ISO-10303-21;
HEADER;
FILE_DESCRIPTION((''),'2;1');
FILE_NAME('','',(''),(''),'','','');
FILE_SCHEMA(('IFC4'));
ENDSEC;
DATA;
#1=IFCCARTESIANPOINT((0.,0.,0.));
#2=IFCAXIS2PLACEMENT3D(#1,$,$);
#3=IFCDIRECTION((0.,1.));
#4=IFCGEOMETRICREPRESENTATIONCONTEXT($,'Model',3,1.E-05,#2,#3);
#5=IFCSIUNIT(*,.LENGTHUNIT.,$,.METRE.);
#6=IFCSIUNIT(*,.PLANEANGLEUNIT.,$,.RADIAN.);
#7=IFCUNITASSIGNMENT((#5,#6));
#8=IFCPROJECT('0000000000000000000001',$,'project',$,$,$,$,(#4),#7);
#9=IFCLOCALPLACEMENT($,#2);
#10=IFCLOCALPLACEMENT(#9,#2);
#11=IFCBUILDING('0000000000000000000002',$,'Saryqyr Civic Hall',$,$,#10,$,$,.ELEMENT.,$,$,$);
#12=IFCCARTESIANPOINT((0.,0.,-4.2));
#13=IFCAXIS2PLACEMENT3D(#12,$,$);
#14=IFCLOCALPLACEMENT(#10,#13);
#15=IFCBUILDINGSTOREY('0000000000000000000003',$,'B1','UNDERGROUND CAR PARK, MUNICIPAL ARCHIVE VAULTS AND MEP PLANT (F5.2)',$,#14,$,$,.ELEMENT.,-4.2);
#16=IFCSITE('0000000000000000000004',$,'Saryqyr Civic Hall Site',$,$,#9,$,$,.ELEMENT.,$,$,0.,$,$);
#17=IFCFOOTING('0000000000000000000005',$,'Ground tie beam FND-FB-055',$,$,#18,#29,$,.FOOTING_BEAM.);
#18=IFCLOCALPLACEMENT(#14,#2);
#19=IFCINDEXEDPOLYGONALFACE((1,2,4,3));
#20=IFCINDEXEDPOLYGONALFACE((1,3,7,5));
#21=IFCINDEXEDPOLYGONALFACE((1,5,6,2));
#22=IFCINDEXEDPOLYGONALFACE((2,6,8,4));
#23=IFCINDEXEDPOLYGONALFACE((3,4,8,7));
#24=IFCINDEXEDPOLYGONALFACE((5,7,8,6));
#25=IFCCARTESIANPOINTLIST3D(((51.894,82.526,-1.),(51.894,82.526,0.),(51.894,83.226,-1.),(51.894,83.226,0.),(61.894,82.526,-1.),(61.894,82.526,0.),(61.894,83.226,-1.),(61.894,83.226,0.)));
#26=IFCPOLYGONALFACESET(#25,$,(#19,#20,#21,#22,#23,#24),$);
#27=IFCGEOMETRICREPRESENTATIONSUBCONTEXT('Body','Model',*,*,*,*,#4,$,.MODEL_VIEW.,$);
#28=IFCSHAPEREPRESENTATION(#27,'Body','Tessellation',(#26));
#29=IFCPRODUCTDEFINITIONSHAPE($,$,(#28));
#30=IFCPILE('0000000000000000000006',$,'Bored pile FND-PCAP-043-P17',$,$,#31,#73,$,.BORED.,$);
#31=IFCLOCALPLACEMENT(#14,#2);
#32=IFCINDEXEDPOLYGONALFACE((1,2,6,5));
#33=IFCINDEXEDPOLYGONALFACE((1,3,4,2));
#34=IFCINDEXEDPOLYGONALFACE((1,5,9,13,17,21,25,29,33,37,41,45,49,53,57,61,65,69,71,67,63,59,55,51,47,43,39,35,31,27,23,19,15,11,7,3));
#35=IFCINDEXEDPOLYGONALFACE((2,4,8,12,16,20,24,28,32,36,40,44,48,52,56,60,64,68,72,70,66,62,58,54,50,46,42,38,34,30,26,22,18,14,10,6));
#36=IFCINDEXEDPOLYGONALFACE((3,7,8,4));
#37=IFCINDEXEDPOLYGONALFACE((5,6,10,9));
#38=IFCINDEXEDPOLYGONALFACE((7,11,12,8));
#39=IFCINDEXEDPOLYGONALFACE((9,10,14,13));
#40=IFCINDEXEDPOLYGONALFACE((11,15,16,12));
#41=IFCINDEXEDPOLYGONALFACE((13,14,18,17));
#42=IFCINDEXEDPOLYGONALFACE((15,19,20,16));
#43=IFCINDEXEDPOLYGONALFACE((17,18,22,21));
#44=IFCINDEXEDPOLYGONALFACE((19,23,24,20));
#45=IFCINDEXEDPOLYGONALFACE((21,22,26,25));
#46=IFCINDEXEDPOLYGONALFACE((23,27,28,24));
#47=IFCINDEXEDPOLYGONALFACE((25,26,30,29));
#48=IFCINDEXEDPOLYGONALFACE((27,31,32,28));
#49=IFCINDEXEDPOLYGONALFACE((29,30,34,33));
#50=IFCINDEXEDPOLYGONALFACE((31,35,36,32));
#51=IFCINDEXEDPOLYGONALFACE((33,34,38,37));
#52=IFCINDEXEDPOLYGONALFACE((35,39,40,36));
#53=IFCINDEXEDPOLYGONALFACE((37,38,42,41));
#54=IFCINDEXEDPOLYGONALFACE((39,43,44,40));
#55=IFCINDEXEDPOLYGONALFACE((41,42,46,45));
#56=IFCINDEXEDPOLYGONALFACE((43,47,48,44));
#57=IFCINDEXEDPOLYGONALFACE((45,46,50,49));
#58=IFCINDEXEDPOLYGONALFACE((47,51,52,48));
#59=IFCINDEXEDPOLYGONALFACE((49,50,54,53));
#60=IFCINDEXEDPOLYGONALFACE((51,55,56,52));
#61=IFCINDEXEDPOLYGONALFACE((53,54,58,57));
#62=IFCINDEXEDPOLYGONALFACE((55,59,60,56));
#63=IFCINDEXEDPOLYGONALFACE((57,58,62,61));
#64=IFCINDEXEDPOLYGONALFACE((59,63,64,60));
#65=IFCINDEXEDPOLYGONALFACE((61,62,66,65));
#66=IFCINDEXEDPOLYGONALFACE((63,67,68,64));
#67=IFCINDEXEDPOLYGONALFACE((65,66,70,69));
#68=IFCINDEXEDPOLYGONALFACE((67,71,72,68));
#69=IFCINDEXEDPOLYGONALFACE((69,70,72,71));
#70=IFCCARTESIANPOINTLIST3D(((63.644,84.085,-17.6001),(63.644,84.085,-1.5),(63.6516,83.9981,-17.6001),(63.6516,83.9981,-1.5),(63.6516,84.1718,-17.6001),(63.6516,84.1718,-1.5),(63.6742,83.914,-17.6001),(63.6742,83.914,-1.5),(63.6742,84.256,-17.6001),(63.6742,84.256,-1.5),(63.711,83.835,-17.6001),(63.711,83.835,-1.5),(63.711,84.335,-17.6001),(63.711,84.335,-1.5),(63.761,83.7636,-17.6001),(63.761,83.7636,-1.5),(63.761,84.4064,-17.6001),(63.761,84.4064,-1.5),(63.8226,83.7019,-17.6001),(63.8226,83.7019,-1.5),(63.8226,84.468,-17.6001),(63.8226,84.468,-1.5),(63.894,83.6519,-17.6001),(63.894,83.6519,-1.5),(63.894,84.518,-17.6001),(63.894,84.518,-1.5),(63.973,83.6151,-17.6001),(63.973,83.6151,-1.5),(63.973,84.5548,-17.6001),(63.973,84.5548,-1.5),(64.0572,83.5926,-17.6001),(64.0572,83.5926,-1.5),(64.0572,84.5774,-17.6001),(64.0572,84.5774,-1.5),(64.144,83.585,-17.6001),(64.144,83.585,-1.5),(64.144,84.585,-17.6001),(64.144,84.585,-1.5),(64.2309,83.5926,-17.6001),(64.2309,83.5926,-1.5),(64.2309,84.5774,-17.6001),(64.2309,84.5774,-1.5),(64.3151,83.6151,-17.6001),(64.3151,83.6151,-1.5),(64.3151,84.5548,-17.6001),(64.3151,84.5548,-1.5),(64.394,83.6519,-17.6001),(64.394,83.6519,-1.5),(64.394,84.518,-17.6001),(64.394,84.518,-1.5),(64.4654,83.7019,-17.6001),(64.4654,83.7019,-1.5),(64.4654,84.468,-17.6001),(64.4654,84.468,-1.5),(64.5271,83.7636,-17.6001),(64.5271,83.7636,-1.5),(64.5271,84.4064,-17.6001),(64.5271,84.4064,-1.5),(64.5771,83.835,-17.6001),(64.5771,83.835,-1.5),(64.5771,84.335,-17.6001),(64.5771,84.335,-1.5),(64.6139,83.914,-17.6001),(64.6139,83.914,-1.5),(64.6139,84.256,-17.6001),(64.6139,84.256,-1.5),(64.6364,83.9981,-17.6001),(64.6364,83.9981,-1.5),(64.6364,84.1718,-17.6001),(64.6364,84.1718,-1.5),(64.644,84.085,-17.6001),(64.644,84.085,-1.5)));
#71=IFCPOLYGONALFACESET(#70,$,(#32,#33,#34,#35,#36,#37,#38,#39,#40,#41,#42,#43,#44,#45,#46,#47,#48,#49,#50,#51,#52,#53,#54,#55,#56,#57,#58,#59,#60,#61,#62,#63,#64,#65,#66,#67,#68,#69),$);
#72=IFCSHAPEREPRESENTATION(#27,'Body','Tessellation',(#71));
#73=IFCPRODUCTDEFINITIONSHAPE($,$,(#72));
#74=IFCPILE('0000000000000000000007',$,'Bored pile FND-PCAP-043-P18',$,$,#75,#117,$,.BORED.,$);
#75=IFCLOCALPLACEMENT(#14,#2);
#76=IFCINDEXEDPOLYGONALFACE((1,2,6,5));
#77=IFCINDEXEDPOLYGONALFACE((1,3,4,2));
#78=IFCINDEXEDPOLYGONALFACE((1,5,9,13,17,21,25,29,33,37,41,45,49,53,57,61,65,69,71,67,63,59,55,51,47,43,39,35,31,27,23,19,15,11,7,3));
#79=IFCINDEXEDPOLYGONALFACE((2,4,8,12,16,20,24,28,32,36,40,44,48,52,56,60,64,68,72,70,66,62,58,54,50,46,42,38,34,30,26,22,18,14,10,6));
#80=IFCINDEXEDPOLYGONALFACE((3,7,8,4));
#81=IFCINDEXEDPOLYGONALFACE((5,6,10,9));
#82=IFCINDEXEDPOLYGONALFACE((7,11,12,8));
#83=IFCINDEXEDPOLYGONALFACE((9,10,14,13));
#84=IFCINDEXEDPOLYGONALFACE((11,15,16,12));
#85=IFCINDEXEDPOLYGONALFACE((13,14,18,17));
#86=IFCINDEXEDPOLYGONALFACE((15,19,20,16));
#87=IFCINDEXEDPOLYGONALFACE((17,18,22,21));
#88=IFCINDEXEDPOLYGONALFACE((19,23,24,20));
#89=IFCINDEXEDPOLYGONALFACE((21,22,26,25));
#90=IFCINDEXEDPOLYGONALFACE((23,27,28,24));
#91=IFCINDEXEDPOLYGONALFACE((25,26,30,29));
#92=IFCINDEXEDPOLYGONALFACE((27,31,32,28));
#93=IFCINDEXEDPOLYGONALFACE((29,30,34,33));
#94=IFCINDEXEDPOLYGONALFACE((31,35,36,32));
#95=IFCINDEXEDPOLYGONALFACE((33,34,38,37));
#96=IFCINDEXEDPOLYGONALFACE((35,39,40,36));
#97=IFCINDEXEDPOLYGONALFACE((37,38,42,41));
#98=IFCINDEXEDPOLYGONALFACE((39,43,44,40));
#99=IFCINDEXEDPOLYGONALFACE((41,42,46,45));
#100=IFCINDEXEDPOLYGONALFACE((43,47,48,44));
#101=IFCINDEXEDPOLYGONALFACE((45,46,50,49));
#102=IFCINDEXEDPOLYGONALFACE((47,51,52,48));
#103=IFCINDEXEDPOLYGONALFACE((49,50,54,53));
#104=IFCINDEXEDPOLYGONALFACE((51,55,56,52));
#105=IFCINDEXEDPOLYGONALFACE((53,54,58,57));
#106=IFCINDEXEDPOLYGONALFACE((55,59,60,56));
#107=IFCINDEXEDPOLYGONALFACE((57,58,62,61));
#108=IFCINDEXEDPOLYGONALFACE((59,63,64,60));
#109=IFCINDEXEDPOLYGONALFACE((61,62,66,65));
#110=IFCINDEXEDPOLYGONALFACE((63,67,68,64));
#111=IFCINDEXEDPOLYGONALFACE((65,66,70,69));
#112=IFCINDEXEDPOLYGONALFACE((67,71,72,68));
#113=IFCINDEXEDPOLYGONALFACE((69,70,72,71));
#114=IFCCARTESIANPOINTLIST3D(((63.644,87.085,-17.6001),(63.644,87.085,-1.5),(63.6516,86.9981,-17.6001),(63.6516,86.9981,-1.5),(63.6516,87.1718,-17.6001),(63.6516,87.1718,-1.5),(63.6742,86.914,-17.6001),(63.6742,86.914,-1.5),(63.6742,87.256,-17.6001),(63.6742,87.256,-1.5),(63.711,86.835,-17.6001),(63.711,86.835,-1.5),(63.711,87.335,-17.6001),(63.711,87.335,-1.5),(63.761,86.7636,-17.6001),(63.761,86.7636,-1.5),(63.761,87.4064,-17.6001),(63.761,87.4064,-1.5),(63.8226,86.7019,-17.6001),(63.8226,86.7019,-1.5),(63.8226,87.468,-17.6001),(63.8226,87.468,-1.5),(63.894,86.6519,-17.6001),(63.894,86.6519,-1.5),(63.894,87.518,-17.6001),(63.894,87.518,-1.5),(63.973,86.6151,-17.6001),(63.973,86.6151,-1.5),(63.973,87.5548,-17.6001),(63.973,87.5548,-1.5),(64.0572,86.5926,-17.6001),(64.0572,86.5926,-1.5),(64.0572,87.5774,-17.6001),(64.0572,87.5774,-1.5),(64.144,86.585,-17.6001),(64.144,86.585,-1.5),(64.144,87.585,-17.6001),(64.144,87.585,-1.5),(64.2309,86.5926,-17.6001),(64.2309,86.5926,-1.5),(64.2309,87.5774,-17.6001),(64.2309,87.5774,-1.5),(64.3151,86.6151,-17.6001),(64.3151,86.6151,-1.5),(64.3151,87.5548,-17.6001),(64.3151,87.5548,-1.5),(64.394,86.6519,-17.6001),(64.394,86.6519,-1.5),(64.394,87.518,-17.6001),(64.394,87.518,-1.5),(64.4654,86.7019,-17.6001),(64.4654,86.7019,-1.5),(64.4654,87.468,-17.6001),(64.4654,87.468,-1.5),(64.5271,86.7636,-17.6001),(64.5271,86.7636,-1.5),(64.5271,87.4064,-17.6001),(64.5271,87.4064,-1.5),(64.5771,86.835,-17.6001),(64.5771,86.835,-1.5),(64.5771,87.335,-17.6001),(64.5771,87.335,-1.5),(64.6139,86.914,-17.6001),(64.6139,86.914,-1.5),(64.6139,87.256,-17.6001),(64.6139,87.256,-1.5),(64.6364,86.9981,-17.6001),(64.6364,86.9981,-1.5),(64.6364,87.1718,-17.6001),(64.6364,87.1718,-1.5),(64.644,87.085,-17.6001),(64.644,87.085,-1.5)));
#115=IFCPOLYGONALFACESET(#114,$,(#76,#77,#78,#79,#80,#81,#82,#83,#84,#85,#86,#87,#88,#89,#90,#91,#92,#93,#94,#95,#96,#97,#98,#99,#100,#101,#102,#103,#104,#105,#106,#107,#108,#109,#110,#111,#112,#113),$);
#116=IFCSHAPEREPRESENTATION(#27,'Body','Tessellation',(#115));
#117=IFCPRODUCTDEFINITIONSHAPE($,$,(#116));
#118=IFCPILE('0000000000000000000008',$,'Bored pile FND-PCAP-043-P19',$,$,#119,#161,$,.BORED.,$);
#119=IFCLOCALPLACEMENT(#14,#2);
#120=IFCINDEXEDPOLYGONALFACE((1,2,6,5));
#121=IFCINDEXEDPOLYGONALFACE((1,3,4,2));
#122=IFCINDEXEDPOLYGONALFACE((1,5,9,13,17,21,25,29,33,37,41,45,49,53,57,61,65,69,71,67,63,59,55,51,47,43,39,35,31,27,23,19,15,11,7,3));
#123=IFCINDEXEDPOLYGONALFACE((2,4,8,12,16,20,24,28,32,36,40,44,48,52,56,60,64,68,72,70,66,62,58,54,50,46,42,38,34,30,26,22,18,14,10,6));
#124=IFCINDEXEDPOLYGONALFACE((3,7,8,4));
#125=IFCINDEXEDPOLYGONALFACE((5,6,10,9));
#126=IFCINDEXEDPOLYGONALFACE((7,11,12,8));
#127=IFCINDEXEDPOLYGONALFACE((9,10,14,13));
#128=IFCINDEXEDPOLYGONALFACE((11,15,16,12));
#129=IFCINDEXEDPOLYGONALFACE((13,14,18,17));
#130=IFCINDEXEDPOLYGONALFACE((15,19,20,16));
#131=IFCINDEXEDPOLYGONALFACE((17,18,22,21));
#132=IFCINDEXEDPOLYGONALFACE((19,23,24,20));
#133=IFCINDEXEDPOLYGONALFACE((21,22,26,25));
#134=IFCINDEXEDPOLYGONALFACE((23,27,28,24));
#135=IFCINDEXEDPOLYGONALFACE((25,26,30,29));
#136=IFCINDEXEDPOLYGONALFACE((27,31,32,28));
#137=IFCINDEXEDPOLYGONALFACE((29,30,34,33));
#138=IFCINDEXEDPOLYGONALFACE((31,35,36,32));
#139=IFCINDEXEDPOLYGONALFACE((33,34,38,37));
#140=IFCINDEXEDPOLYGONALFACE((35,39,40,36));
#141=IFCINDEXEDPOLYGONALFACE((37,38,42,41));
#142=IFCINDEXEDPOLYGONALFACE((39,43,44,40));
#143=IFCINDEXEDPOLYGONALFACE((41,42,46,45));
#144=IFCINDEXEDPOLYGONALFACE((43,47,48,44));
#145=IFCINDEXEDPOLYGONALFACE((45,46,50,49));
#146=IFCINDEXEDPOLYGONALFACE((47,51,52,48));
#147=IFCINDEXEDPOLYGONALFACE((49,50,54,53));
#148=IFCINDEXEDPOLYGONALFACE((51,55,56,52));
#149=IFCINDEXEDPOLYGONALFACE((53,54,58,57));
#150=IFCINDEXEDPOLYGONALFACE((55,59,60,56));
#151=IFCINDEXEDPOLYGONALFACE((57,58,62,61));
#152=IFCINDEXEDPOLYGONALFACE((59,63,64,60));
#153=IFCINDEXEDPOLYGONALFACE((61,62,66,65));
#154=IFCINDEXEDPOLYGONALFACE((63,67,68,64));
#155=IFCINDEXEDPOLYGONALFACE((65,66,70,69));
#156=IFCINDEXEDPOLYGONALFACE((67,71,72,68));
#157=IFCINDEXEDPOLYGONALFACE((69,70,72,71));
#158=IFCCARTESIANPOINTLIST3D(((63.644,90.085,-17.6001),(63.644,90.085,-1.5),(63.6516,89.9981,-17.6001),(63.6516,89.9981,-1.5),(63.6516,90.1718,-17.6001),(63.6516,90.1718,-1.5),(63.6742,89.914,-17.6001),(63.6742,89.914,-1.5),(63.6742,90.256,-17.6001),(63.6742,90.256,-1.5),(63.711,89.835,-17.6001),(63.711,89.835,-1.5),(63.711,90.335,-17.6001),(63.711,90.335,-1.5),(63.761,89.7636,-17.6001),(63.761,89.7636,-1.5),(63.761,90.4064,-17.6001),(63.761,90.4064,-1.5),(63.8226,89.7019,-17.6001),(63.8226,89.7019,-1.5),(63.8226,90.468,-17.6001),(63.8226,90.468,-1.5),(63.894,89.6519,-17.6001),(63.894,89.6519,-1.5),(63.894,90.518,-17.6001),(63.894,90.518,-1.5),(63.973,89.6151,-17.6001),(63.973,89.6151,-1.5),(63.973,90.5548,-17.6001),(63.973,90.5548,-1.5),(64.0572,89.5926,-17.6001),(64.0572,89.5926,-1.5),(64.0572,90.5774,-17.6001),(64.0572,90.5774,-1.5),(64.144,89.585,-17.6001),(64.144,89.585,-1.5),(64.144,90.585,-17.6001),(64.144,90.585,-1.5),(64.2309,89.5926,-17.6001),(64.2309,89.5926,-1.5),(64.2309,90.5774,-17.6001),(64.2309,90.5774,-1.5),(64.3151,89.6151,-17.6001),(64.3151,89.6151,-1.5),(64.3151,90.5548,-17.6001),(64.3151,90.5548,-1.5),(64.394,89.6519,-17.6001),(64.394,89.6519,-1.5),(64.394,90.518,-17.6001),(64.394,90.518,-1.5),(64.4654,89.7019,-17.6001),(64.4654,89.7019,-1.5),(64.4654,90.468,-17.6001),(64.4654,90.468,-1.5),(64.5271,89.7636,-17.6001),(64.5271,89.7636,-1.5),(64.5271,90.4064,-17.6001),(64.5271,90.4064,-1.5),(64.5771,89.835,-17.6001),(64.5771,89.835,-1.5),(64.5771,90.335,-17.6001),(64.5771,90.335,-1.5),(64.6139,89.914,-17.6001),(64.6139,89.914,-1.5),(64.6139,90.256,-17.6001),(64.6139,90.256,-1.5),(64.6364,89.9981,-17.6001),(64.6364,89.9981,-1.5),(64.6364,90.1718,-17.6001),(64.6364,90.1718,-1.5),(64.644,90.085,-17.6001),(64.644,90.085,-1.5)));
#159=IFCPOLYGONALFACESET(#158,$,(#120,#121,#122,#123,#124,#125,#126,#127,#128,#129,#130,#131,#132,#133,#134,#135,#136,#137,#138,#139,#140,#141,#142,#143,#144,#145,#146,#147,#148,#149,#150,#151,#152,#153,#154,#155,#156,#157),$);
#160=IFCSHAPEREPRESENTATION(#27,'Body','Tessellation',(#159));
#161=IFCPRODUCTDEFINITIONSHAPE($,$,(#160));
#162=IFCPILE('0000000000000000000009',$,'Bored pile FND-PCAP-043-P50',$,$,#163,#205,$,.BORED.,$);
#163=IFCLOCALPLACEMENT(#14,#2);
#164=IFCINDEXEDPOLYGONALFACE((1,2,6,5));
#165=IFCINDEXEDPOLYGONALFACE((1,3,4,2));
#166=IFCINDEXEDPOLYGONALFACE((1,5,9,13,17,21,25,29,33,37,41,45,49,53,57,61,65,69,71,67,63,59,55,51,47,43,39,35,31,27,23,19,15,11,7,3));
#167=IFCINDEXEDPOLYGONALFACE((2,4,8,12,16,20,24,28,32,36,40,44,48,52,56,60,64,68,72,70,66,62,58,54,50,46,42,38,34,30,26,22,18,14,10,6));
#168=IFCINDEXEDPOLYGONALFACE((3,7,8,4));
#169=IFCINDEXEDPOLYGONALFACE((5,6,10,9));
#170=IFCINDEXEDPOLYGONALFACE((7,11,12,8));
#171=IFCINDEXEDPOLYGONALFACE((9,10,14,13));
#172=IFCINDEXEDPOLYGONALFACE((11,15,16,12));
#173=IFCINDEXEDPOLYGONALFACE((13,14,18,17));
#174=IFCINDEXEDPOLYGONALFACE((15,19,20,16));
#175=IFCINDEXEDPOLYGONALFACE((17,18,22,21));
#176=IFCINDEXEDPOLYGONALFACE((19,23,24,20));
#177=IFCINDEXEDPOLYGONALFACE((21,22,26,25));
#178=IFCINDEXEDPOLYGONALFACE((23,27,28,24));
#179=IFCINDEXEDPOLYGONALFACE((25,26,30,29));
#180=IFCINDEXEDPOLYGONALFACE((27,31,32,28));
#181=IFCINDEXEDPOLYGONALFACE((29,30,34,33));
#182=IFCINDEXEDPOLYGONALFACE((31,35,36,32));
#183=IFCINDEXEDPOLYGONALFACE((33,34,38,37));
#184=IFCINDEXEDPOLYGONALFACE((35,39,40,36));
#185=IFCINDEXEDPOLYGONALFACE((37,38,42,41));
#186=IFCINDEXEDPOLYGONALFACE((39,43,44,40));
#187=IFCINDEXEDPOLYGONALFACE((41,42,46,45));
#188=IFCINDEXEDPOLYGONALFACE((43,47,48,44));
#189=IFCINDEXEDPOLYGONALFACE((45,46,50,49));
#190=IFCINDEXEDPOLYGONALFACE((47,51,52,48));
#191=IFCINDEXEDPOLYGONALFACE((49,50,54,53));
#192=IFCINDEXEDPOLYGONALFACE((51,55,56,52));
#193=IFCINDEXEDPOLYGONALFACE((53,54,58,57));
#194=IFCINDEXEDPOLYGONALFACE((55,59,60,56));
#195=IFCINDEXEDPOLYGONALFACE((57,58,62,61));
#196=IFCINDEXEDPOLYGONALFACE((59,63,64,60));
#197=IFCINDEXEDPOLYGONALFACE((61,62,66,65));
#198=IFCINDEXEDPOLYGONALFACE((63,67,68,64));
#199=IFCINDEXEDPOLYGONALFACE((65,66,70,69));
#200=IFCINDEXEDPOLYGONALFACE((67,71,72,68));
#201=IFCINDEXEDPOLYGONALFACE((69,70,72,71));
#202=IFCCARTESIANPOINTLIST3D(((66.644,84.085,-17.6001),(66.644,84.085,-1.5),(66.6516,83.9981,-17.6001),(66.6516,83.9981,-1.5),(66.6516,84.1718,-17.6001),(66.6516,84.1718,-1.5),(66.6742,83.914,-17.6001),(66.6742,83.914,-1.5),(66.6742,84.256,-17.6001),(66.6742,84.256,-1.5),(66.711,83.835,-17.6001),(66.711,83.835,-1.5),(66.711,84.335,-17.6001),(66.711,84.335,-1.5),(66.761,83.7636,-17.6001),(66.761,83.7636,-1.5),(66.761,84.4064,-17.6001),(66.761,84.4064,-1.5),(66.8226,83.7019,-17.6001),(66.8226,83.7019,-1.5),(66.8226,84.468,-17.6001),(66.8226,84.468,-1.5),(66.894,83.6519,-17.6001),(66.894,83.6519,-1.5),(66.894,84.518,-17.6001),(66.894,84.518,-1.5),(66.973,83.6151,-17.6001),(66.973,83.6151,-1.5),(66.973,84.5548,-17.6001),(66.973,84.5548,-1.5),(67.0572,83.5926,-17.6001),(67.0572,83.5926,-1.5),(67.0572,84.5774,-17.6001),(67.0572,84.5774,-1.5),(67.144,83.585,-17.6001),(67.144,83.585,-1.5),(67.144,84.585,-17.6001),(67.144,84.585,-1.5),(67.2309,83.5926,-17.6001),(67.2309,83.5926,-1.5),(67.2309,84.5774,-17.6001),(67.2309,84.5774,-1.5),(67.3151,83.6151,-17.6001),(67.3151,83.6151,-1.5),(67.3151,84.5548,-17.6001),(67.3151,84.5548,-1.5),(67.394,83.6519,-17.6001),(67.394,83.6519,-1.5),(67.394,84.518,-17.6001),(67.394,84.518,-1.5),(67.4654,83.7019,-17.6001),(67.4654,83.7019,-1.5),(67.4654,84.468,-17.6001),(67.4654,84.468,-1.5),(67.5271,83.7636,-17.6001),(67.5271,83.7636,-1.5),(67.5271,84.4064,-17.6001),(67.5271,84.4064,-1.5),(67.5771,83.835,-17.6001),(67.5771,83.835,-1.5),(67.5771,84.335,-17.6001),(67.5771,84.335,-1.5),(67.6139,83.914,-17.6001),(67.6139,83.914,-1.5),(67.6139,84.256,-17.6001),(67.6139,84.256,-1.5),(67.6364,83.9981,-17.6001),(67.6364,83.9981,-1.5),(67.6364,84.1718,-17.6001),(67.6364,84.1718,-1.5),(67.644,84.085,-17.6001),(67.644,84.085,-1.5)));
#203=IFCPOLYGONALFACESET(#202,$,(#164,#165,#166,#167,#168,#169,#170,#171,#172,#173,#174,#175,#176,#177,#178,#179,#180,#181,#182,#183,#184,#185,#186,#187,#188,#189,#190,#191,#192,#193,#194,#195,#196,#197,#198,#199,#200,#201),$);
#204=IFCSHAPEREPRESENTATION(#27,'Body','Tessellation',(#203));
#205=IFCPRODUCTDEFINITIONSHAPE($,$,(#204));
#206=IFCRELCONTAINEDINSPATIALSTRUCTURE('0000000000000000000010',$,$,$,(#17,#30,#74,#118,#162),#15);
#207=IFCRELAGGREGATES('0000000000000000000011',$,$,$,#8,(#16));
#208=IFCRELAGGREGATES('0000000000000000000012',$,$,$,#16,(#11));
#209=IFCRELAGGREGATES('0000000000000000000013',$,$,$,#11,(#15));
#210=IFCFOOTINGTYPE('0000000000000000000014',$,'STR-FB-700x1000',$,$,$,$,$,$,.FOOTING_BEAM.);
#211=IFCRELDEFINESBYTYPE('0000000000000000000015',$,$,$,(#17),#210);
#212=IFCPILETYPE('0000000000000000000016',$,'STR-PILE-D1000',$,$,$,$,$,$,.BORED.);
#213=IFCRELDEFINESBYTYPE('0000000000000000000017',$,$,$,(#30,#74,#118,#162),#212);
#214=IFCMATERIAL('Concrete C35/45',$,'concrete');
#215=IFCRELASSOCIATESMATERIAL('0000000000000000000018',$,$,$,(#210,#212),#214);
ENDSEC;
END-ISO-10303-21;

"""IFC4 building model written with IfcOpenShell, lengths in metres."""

from ifc_helpers import new_model, si_unit, direction, frame, origin, origin_2d, place, context, subcontext, project, spatial, rectangle, circle, extrude, material, material_profile, profile_set, type_object, element, save


model = new_model("IFC4")

# Units and contexts
model_context = context("Model", 3, precision=1e-05, world=origin(), true_north=direction((0.0, 1.0)))
body_context = subcontext(model_context, "Body", "Model", "MODEL_VIEW")
ifc_project = project(units=[si_unit("LENGTHUNIT", "METRE"), si_unit("PLANEANGLEUNIT", "RADIAN")], contexts=[model_context])

# Site, building, storey
site_placement = place(None, origin())
site = spatial("IfcSite", under=ifc_project, at=site_placement, Name="Saryqyr Civic Hall Site", CompositionType="ELEMENT", RefElevation=0.0)
building_placement = place(site_placement, origin())
building = spatial("IfcBuilding", under=site, at=building_placement, Name="Saryqyr Civic Hall", CompositionType="ELEMENT")
storey_placement = place(building_placement, frame((0.0, 0.0, -4.2)))
storey = spatial("IfcBuildingStorey", under=building, at=storey_placement, Name="B1", Description="UNDERGROUND CAR PARK, MUNICIPAL ARCHIVE VAULTS AND MEP PLANT (F5.2)", CompositionType="ELEMENT", Elevation=-4.2)

# Footing
ifc_material_1 = material(Name="Concrete C35/45", Category="concrete")
footing_type = type_object("IfcFootingType", Name="STR-FB-700x1000", PredefinedType="FOOTING_BEAM", material=ifc_material_1)
footing_placement = place(storey_placement, frame((56.894, 82.876, -1.0), z_axis=(0.0, 0.0, 1.0), x_axis=(1.0, 0.0, 0.0)))
element("IfcFooting", 1, at=footing_placement, inside=storey, type_object=footing_type, Name="Ground tie beam FND-FB-055", PredefinedType="FOOTING_BEAM", context=body_context, shape_type="SweptSolid", body=[
    extrude(rectangle(XDim=10.0, YDim=0.7, at=origin_2d()), origin(), (0.0, 0.0, 1.0), 1.0),
])

# Piles
ifc_material_profile_1 = material_profile(ifc_material_1, circle(Radius=0.5, at=origin_2d()), Name="BORED PILE D1000")
ifc_profile_set_1 = profile_set([ifc_material_profile_1], Name="Concrete C35/45")
pile_type = type_object("IfcPileType", Name="STR-PILE-D1000", PredefinedType="BORED", material=ifc_profile_set_1)
for number, where, z_axis, x_axis, name in (
    (2, (64.144, 84.085, -1.5), (0.0, 0.0, -1.0), (1.0, 0.0, 0.0), "Bored pile FND-PCAP-043-P17"),
    (3, (64.144, 87.085, -1.5), (0.0, 0.0, -1.0), (1.0, 0.0, 0.0), "Bored pile FND-PCAP-043-P18"),
    (4, (64.144, 90.085, -1.5), (0.0, 0.0, -1.0), (1.0, 0.0, 0.0), "Bored pile FND-PCAP-043-P19"),
    (5, (67.144, 84.085, -1.5), (0.0, 0.0, -1.0), (1.0, 0.0, 0.0), "Bored pile FND-PCAP-043-P50"),
):
    element("IfcPile", number, at=place(storey_placement, frame(where, z_axis=z_axis, x_axis=x_axis)), inside=storey, type_object=pile_type, Name=name, PredefinedType="BORED", context=body_context, shape_type="SweptSolid", body=[
        extrude(circle(Radius=0.5, at=origin_2d()), origin(), (0.0, 0.0, 1.0), 16.1001),
    ])

save(model, "model.ifc")
